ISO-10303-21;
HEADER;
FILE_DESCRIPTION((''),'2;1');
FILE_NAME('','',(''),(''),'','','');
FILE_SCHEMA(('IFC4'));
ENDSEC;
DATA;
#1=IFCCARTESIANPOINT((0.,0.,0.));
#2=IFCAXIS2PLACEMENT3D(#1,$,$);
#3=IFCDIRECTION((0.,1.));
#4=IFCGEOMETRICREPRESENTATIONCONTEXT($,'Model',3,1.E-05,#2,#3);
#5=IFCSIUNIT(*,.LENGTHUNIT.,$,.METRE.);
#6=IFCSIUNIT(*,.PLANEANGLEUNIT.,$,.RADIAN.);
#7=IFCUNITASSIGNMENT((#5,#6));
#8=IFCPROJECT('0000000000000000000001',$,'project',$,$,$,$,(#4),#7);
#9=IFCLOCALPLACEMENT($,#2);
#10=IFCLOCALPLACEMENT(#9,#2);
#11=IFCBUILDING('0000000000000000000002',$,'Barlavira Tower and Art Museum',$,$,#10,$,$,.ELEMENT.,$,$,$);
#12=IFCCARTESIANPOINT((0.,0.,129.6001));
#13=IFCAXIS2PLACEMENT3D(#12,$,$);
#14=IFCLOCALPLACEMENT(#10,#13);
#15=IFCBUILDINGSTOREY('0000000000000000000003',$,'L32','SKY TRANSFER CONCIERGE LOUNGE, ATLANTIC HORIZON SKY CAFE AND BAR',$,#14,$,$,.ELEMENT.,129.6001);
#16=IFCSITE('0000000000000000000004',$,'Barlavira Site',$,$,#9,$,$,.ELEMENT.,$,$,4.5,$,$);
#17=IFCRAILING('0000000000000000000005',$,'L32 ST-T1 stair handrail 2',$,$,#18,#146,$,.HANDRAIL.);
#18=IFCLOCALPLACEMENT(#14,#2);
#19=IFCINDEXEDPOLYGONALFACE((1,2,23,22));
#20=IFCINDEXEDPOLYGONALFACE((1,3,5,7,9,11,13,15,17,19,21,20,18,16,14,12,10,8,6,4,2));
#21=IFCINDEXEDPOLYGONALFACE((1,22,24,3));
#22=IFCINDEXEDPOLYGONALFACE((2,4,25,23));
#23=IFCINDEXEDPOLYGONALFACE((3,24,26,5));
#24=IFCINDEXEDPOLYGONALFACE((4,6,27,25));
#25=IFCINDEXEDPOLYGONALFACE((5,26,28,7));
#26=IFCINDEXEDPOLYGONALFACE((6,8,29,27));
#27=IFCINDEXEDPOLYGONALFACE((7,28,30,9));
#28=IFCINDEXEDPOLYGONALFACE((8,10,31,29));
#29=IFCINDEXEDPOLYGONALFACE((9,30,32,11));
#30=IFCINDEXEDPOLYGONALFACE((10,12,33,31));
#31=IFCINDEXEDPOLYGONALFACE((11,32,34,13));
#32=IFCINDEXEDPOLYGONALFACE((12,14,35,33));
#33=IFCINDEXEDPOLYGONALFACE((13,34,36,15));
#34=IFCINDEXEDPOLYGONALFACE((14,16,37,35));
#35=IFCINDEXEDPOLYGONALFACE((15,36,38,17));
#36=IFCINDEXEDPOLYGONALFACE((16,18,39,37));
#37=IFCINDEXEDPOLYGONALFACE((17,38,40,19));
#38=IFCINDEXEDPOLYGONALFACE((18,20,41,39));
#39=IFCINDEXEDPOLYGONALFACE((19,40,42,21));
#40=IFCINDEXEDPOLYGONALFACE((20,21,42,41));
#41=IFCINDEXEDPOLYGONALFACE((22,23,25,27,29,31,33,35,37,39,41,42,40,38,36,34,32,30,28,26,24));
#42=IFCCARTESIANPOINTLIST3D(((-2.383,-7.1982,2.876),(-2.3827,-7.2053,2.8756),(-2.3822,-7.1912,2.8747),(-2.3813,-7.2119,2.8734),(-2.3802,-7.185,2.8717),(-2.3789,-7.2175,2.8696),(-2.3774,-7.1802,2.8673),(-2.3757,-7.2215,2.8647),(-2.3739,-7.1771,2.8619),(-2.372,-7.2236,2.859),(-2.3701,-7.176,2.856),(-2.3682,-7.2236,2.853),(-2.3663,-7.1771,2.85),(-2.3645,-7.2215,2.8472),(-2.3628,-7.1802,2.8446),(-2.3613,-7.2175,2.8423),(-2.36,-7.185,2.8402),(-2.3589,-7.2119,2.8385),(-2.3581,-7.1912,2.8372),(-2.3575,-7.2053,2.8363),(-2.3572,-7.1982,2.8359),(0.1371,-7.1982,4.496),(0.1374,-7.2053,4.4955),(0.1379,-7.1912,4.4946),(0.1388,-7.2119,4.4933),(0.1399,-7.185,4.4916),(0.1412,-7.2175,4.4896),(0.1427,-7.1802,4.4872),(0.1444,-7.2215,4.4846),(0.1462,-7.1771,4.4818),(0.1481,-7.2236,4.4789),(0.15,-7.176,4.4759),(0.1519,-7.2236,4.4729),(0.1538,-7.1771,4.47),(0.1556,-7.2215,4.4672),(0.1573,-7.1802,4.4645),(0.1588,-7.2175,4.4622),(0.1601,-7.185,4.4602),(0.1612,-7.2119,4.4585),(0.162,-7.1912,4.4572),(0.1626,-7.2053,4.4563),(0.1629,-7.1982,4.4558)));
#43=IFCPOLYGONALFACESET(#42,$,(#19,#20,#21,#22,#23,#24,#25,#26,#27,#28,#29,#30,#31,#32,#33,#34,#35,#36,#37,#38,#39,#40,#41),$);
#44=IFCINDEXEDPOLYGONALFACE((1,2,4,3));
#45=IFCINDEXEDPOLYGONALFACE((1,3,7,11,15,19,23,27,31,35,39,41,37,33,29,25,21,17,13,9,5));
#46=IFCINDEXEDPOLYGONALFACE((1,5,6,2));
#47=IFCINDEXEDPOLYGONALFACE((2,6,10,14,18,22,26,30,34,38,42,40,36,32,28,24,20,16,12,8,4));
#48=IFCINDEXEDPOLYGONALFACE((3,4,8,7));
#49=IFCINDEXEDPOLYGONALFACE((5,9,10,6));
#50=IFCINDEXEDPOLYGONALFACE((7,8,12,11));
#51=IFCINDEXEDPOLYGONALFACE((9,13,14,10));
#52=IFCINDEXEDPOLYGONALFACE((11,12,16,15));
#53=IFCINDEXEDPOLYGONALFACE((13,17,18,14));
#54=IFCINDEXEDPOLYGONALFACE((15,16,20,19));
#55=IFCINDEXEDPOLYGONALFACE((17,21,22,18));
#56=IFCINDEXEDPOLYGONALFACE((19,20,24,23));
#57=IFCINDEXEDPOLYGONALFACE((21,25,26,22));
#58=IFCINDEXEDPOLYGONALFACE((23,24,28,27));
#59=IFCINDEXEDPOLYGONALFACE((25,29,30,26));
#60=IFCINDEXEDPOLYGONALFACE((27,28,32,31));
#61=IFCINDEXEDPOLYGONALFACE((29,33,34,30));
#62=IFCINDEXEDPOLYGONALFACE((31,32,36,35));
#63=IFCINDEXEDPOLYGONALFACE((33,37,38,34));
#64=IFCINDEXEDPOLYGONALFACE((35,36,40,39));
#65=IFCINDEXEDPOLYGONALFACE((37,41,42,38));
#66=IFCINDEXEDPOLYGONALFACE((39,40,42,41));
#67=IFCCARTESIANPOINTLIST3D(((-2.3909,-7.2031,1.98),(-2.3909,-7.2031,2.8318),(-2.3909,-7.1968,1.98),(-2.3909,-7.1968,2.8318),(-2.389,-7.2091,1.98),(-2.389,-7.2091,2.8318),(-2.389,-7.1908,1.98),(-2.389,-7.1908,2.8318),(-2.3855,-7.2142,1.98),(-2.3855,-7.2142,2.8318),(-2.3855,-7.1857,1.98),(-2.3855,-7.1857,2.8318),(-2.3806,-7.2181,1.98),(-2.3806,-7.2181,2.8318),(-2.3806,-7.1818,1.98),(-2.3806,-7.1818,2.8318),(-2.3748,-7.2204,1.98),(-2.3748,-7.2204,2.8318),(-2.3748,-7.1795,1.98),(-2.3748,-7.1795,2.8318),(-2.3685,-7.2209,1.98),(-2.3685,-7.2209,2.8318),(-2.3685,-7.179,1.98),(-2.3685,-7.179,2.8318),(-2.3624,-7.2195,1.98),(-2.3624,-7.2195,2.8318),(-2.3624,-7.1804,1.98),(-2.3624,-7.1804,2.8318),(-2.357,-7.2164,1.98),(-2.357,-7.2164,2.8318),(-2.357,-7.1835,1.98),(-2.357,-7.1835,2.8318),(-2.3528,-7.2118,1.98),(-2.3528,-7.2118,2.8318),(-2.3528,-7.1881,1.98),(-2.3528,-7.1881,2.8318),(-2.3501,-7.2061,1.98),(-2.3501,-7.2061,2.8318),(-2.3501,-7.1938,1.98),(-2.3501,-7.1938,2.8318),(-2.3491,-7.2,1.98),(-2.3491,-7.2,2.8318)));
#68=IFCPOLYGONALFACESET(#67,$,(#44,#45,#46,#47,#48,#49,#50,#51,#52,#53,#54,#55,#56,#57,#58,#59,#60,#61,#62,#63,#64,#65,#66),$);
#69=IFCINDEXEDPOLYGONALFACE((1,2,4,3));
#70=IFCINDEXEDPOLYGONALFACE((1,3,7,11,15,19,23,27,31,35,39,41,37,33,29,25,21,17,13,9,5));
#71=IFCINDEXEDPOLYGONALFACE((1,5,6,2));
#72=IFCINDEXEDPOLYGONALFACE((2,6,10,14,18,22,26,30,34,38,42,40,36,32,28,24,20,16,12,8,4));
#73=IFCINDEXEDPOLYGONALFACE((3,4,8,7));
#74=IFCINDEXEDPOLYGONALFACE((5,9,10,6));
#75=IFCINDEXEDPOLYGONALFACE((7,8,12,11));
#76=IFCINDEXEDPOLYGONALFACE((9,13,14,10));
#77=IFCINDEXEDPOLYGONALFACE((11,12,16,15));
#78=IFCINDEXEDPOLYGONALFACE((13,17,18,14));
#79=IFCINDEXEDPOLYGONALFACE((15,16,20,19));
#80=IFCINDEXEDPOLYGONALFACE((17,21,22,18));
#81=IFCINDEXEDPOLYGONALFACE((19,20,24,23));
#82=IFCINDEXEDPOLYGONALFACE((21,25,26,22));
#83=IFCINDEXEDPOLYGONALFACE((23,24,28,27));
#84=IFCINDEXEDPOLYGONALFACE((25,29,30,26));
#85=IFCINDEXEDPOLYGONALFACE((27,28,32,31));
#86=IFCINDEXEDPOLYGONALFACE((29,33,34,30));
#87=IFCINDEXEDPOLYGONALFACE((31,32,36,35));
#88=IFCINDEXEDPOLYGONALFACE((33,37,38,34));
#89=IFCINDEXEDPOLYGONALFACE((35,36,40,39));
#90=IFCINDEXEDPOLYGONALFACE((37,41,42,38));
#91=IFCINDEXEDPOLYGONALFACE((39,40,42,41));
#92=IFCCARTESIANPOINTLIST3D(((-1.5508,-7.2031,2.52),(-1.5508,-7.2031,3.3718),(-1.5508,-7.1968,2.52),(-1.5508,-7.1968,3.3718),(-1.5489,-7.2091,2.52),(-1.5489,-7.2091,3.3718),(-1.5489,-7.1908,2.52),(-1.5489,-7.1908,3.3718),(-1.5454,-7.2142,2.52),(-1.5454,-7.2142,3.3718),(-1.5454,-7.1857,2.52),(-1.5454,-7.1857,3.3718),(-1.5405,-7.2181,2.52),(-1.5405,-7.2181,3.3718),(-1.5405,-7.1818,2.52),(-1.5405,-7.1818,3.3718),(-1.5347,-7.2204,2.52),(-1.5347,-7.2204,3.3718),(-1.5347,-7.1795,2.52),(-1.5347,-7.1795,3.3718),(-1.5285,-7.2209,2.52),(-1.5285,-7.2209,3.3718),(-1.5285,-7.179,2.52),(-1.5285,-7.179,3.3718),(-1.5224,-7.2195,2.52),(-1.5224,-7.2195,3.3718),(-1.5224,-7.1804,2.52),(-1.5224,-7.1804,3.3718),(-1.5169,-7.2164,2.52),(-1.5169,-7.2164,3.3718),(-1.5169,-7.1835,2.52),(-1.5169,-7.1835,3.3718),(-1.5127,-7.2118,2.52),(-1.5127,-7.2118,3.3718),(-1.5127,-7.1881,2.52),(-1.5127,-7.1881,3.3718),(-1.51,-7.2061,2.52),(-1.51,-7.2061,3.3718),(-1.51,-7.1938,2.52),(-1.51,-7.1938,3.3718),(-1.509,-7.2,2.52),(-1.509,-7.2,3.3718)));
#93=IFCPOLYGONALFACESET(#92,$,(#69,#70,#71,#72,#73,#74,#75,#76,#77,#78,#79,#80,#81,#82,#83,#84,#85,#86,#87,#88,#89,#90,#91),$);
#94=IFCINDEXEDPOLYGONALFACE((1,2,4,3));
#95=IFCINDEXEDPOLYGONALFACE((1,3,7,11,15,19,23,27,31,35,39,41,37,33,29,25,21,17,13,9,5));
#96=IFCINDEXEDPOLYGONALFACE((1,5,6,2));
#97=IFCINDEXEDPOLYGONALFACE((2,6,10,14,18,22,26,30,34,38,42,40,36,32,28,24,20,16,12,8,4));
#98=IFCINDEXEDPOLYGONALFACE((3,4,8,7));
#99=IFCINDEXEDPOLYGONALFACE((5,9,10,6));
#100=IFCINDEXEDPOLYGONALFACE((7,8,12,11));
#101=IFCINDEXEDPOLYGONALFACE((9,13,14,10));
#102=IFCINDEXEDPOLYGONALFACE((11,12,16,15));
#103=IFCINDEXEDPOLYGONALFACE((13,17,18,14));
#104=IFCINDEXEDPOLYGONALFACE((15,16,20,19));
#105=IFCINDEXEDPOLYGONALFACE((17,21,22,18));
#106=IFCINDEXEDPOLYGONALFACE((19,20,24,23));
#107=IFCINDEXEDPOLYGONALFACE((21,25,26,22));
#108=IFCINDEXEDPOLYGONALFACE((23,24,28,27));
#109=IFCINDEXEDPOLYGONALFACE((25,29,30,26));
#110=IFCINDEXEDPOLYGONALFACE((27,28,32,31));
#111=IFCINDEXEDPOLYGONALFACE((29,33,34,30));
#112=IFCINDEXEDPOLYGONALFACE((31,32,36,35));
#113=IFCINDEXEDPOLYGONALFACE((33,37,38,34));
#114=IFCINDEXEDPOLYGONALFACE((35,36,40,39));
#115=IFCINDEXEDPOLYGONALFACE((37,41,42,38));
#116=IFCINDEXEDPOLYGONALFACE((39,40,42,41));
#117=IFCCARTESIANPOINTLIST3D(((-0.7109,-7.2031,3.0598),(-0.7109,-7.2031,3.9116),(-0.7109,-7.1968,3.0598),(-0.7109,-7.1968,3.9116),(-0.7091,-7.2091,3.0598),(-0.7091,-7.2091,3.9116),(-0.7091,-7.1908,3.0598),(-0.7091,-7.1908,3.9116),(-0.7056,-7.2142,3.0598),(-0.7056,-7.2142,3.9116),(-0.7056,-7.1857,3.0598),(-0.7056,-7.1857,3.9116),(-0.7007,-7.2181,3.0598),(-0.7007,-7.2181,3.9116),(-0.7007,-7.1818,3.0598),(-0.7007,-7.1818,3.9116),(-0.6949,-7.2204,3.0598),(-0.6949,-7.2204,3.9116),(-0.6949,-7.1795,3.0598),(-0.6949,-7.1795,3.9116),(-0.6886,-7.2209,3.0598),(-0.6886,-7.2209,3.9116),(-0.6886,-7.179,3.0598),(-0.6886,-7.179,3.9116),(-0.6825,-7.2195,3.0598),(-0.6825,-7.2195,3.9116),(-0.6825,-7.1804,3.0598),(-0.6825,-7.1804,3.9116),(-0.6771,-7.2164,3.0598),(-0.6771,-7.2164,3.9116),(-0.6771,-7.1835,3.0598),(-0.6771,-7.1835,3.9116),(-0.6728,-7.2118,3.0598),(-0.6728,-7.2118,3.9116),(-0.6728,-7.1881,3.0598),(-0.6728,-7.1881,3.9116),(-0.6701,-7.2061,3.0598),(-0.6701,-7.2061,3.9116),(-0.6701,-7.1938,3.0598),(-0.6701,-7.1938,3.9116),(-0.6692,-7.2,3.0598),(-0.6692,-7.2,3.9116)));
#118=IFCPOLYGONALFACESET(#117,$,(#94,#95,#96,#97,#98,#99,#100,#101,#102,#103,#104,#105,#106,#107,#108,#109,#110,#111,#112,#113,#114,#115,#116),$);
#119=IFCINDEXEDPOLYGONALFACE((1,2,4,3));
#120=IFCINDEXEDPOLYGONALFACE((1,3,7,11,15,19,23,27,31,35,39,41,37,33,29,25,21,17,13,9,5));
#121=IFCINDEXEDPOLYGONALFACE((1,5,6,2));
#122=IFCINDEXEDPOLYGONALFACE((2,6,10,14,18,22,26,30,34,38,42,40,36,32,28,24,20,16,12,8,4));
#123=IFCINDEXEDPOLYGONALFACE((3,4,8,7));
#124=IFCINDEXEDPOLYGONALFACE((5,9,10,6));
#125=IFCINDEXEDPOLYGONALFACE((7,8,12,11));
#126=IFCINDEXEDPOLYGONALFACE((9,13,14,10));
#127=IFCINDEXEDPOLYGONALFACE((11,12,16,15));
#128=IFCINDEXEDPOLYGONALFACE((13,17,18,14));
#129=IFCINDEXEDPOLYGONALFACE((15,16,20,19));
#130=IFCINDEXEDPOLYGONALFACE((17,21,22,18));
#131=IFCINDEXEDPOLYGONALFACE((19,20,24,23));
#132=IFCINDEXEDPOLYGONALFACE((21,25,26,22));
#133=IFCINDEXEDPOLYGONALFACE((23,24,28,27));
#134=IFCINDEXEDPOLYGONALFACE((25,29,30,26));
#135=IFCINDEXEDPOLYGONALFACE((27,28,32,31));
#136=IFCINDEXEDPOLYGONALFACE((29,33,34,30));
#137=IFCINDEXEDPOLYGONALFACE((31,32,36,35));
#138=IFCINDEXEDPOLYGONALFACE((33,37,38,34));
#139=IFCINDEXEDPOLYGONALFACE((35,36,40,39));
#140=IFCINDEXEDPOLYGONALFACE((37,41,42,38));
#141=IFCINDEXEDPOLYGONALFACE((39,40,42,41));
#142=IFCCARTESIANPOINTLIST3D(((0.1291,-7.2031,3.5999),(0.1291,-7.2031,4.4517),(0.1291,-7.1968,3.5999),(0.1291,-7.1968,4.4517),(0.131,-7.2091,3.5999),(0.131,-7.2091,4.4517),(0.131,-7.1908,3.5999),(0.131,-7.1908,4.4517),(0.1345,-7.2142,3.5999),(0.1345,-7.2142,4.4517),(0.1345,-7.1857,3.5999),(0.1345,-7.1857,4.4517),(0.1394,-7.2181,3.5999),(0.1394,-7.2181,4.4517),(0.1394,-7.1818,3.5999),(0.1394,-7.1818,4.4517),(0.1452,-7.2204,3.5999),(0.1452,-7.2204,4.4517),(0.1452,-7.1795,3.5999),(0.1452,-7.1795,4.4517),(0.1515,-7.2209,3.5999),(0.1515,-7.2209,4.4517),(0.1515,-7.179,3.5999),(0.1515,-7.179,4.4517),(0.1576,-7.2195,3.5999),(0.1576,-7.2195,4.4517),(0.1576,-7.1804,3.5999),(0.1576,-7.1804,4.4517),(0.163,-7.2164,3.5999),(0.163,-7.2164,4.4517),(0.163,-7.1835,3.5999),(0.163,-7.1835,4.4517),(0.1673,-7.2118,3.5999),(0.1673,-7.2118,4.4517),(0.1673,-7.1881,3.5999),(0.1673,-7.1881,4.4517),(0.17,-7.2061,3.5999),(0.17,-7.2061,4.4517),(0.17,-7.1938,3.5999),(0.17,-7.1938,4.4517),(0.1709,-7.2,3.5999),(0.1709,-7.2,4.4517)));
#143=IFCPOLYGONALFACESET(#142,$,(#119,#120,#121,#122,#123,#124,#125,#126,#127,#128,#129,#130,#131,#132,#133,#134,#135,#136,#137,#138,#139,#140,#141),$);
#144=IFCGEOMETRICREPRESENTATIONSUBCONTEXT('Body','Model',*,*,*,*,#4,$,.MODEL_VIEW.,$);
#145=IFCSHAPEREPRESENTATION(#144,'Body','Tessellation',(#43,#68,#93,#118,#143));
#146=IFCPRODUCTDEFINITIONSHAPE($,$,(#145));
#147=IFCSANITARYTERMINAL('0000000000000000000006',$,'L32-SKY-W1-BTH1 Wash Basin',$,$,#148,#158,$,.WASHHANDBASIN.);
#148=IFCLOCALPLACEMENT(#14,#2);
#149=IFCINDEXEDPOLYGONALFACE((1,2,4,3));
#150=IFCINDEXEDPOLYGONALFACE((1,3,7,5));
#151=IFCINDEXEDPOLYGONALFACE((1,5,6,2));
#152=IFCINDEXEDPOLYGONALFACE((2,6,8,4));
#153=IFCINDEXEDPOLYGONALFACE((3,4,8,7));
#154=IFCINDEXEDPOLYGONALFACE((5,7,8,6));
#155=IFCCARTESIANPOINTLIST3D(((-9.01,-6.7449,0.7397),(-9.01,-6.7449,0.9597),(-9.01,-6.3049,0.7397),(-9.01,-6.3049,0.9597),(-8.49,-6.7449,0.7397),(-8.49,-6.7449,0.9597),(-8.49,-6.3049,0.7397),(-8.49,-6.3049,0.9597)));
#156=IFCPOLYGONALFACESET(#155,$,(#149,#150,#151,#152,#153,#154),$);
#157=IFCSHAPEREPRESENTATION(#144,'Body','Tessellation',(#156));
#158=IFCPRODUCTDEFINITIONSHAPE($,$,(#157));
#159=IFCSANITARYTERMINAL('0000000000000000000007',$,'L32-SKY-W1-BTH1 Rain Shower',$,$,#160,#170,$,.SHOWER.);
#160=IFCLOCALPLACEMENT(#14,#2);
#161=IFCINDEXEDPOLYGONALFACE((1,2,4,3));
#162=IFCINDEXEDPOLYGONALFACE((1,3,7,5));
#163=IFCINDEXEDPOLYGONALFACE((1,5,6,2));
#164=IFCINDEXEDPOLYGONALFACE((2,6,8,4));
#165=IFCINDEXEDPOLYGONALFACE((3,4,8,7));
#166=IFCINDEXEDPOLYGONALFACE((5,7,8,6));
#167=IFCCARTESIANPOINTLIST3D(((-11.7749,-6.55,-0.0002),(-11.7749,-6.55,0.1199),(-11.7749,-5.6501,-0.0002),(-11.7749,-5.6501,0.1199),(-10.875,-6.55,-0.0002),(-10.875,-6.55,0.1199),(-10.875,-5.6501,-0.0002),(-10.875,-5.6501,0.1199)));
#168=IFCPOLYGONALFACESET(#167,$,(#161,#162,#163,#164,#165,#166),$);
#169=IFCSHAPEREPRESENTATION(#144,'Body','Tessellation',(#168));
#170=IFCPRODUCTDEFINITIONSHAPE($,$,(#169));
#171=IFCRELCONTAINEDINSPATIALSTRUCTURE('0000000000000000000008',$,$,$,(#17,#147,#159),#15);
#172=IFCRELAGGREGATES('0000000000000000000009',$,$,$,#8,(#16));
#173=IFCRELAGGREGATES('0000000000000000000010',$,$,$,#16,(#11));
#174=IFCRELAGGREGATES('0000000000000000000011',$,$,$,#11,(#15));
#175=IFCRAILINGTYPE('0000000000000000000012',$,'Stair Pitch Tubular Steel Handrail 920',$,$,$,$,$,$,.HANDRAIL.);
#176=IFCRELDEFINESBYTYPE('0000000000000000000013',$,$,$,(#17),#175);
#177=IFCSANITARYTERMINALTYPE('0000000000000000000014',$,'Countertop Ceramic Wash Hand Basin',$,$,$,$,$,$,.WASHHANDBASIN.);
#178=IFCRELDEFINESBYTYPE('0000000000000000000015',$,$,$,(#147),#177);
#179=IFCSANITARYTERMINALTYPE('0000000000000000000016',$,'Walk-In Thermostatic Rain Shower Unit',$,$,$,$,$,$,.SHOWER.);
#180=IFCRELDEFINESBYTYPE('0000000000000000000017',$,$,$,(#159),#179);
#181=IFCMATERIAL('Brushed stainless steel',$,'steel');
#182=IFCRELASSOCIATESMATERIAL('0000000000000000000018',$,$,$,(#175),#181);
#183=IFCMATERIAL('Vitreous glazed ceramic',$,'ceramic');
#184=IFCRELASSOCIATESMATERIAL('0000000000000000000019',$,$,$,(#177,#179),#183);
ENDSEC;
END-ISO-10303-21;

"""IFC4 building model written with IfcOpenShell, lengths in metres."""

from ifc_helpers import new_model, si_unit, direction, frame, origin, origin_2d, place, context, subcontext, project, spatial, rectangle, circle, extrude, material, type_object, element, save


model = new_model("IFC4")

# Units and contexts
model_context = context("Model", 3, precision=1e-05, world=origin(), true_north=direction((0.0, 1.0)))
body_context = subcontext(model_context, "Body", "Model", "MODEL_VIEW")
ifc_project = project(units=[si_unit("LENGTHUNIT", "METRE"), si_unit("PLANEANGLEUNIT", "RADIAN")], contexts=[model_context])

# Site, building, storey
site_placement = place(None, origin())
site = spatial("IfcSite", under=ifc_project, at=site_placement, Name="Barlavira Site", CompositionType="ELEMENT", RefElevation=4.5)
building_placement = place(site_placement, origin())
building = spatial("IfcBuilding", under=site, at=building_placement, Name="Barlavira Tower and Art Museum", CompositionType="ELEMENT")
storey_placement = place(building_placement, frame((0.0, 0.0, 129.6001)))
storey = spatial("IfcBuildingStorey", under=building, at=storey_placement, Name="L32", Description="SKY TRANSFER CONCIERGE LOUNGE, ATLANTIC HORIZON SKY CAFE AND BAR", CompositionType="ELEMENT", Elevation=129.6001)

# Shared definitions
ifc_material_1 = material(Name="Brushed stainless steel", Category="steel")

# Railing
railing_type_1 = type_object("IfcRailingType", Name="Stair Pitch Tubular Steel Handrail 920", PredefinedType="HANDRAIL", material=ifc_material_1)
railing_1_placement = place(storey_placement, frame((-2.3701, -7.2, 1.98)))
element("IfcRailing", 1, at=railing_1_placement, inside=storey, type_object=railing_type_1, Name="L32 ST-T1 stair handrail 2", PredefinedType="HANDRAIL", context=body_context, shape_type="SweptSolid", body=[
    extrude(circle(Radius=0.0239, at=origin_2d()), frame((0.0, 0.0, 0.876), z_axis=(0.8412, 0.0, 0.540725), x_axis=(0.0, 1.0, 0.0)), (0.0, 0.0, 1.0), 2.9958),
    extrude(circle(Radius=0.021, at=origin_2d()), origin(), (0.0, 0.0, 1.0), 0.8518),
    extrude(circle(Radius=0.021, at=origin_2d()), frame((0.8401, 0.0, 0.54)), (0.0, 0.0, 1.0), 0.8518),
    extrude(circle(Radius=0.021, at=origin_2d()), frame((1.6799, 0.0, 1.0798)), (0.0, 0.0, 1.0), 0.8518),
    extrude(circle(Radius=0.021, at=origin_2d()), frame((2.52, 0.0, 1.6199)), (0.0, 0.0, 1.0), 0.8518),
])

# Sanitary terminals
ifc_material_2 = material(Name="Vitreous glazed ceramic", Category="ceramic")
sanitary_terminal_type_1 = type_object("IfcSanitaryTerminalType", Name="Countertop Ceramic Wash Hand Basin", PredefinedType="WASHHANDBASIN", material=ifc_material_2)
sanitary_terminal_1_placement = place(storey_placement, frame((-8.75, -6.5249, 0.7397), z_axis=(0.0, 0.0, 1.0), x_axis=(1.0, 0.0, 0.0)))
element("IfcSanitaryTerminal", 2, at=sanitary_terminal_1_placement, inside=storey, type_object=sanitary_terminal_type_1, Name="L32-SKY-W1-BTH1 Wash Basin", PredefinedType="WASHHANDBASIN", context=body_context, shape_type="SweptSolid", body=[
    extrude(rectangle(XDim=0.52, YDim=0.4399, at=origin_2d()), origin(), (0.0, 0.0, 1.0), 0.22),
])
sanitary_terminal_type_2 = type_object("IfcSanitaryTerminalType", Name="Walk-In Thermostatic Rain Shower Unit", PredefinedType="SHOWER", material=ifc_material_2)
sanitary_terminal_2_placement = place(storey_placement, frame((-11.325, -6.1001, -0.0002), z_axis=(0.0, 0.0, 1.0), x_axis=(1.0, 0.0, 0.0)))
element("IfcSanitaryTerminal", 3, at=sanitary_terminal_2_placement, inside=storey, type_object=sanitary_terminal_type_2, Name="L32-SKY-W1-BTH1 Rain Shower", PredefinedType="SHOWER", context=body_context, shape_type="SweptSolid", body=[
    extrude(rectangle(XDim=0.8999, YDim=0.8999, at=origin_2d()), origin(), (0.0, 0.0, 1.0), 0.1201),
])

save(model, "model.ifc")
